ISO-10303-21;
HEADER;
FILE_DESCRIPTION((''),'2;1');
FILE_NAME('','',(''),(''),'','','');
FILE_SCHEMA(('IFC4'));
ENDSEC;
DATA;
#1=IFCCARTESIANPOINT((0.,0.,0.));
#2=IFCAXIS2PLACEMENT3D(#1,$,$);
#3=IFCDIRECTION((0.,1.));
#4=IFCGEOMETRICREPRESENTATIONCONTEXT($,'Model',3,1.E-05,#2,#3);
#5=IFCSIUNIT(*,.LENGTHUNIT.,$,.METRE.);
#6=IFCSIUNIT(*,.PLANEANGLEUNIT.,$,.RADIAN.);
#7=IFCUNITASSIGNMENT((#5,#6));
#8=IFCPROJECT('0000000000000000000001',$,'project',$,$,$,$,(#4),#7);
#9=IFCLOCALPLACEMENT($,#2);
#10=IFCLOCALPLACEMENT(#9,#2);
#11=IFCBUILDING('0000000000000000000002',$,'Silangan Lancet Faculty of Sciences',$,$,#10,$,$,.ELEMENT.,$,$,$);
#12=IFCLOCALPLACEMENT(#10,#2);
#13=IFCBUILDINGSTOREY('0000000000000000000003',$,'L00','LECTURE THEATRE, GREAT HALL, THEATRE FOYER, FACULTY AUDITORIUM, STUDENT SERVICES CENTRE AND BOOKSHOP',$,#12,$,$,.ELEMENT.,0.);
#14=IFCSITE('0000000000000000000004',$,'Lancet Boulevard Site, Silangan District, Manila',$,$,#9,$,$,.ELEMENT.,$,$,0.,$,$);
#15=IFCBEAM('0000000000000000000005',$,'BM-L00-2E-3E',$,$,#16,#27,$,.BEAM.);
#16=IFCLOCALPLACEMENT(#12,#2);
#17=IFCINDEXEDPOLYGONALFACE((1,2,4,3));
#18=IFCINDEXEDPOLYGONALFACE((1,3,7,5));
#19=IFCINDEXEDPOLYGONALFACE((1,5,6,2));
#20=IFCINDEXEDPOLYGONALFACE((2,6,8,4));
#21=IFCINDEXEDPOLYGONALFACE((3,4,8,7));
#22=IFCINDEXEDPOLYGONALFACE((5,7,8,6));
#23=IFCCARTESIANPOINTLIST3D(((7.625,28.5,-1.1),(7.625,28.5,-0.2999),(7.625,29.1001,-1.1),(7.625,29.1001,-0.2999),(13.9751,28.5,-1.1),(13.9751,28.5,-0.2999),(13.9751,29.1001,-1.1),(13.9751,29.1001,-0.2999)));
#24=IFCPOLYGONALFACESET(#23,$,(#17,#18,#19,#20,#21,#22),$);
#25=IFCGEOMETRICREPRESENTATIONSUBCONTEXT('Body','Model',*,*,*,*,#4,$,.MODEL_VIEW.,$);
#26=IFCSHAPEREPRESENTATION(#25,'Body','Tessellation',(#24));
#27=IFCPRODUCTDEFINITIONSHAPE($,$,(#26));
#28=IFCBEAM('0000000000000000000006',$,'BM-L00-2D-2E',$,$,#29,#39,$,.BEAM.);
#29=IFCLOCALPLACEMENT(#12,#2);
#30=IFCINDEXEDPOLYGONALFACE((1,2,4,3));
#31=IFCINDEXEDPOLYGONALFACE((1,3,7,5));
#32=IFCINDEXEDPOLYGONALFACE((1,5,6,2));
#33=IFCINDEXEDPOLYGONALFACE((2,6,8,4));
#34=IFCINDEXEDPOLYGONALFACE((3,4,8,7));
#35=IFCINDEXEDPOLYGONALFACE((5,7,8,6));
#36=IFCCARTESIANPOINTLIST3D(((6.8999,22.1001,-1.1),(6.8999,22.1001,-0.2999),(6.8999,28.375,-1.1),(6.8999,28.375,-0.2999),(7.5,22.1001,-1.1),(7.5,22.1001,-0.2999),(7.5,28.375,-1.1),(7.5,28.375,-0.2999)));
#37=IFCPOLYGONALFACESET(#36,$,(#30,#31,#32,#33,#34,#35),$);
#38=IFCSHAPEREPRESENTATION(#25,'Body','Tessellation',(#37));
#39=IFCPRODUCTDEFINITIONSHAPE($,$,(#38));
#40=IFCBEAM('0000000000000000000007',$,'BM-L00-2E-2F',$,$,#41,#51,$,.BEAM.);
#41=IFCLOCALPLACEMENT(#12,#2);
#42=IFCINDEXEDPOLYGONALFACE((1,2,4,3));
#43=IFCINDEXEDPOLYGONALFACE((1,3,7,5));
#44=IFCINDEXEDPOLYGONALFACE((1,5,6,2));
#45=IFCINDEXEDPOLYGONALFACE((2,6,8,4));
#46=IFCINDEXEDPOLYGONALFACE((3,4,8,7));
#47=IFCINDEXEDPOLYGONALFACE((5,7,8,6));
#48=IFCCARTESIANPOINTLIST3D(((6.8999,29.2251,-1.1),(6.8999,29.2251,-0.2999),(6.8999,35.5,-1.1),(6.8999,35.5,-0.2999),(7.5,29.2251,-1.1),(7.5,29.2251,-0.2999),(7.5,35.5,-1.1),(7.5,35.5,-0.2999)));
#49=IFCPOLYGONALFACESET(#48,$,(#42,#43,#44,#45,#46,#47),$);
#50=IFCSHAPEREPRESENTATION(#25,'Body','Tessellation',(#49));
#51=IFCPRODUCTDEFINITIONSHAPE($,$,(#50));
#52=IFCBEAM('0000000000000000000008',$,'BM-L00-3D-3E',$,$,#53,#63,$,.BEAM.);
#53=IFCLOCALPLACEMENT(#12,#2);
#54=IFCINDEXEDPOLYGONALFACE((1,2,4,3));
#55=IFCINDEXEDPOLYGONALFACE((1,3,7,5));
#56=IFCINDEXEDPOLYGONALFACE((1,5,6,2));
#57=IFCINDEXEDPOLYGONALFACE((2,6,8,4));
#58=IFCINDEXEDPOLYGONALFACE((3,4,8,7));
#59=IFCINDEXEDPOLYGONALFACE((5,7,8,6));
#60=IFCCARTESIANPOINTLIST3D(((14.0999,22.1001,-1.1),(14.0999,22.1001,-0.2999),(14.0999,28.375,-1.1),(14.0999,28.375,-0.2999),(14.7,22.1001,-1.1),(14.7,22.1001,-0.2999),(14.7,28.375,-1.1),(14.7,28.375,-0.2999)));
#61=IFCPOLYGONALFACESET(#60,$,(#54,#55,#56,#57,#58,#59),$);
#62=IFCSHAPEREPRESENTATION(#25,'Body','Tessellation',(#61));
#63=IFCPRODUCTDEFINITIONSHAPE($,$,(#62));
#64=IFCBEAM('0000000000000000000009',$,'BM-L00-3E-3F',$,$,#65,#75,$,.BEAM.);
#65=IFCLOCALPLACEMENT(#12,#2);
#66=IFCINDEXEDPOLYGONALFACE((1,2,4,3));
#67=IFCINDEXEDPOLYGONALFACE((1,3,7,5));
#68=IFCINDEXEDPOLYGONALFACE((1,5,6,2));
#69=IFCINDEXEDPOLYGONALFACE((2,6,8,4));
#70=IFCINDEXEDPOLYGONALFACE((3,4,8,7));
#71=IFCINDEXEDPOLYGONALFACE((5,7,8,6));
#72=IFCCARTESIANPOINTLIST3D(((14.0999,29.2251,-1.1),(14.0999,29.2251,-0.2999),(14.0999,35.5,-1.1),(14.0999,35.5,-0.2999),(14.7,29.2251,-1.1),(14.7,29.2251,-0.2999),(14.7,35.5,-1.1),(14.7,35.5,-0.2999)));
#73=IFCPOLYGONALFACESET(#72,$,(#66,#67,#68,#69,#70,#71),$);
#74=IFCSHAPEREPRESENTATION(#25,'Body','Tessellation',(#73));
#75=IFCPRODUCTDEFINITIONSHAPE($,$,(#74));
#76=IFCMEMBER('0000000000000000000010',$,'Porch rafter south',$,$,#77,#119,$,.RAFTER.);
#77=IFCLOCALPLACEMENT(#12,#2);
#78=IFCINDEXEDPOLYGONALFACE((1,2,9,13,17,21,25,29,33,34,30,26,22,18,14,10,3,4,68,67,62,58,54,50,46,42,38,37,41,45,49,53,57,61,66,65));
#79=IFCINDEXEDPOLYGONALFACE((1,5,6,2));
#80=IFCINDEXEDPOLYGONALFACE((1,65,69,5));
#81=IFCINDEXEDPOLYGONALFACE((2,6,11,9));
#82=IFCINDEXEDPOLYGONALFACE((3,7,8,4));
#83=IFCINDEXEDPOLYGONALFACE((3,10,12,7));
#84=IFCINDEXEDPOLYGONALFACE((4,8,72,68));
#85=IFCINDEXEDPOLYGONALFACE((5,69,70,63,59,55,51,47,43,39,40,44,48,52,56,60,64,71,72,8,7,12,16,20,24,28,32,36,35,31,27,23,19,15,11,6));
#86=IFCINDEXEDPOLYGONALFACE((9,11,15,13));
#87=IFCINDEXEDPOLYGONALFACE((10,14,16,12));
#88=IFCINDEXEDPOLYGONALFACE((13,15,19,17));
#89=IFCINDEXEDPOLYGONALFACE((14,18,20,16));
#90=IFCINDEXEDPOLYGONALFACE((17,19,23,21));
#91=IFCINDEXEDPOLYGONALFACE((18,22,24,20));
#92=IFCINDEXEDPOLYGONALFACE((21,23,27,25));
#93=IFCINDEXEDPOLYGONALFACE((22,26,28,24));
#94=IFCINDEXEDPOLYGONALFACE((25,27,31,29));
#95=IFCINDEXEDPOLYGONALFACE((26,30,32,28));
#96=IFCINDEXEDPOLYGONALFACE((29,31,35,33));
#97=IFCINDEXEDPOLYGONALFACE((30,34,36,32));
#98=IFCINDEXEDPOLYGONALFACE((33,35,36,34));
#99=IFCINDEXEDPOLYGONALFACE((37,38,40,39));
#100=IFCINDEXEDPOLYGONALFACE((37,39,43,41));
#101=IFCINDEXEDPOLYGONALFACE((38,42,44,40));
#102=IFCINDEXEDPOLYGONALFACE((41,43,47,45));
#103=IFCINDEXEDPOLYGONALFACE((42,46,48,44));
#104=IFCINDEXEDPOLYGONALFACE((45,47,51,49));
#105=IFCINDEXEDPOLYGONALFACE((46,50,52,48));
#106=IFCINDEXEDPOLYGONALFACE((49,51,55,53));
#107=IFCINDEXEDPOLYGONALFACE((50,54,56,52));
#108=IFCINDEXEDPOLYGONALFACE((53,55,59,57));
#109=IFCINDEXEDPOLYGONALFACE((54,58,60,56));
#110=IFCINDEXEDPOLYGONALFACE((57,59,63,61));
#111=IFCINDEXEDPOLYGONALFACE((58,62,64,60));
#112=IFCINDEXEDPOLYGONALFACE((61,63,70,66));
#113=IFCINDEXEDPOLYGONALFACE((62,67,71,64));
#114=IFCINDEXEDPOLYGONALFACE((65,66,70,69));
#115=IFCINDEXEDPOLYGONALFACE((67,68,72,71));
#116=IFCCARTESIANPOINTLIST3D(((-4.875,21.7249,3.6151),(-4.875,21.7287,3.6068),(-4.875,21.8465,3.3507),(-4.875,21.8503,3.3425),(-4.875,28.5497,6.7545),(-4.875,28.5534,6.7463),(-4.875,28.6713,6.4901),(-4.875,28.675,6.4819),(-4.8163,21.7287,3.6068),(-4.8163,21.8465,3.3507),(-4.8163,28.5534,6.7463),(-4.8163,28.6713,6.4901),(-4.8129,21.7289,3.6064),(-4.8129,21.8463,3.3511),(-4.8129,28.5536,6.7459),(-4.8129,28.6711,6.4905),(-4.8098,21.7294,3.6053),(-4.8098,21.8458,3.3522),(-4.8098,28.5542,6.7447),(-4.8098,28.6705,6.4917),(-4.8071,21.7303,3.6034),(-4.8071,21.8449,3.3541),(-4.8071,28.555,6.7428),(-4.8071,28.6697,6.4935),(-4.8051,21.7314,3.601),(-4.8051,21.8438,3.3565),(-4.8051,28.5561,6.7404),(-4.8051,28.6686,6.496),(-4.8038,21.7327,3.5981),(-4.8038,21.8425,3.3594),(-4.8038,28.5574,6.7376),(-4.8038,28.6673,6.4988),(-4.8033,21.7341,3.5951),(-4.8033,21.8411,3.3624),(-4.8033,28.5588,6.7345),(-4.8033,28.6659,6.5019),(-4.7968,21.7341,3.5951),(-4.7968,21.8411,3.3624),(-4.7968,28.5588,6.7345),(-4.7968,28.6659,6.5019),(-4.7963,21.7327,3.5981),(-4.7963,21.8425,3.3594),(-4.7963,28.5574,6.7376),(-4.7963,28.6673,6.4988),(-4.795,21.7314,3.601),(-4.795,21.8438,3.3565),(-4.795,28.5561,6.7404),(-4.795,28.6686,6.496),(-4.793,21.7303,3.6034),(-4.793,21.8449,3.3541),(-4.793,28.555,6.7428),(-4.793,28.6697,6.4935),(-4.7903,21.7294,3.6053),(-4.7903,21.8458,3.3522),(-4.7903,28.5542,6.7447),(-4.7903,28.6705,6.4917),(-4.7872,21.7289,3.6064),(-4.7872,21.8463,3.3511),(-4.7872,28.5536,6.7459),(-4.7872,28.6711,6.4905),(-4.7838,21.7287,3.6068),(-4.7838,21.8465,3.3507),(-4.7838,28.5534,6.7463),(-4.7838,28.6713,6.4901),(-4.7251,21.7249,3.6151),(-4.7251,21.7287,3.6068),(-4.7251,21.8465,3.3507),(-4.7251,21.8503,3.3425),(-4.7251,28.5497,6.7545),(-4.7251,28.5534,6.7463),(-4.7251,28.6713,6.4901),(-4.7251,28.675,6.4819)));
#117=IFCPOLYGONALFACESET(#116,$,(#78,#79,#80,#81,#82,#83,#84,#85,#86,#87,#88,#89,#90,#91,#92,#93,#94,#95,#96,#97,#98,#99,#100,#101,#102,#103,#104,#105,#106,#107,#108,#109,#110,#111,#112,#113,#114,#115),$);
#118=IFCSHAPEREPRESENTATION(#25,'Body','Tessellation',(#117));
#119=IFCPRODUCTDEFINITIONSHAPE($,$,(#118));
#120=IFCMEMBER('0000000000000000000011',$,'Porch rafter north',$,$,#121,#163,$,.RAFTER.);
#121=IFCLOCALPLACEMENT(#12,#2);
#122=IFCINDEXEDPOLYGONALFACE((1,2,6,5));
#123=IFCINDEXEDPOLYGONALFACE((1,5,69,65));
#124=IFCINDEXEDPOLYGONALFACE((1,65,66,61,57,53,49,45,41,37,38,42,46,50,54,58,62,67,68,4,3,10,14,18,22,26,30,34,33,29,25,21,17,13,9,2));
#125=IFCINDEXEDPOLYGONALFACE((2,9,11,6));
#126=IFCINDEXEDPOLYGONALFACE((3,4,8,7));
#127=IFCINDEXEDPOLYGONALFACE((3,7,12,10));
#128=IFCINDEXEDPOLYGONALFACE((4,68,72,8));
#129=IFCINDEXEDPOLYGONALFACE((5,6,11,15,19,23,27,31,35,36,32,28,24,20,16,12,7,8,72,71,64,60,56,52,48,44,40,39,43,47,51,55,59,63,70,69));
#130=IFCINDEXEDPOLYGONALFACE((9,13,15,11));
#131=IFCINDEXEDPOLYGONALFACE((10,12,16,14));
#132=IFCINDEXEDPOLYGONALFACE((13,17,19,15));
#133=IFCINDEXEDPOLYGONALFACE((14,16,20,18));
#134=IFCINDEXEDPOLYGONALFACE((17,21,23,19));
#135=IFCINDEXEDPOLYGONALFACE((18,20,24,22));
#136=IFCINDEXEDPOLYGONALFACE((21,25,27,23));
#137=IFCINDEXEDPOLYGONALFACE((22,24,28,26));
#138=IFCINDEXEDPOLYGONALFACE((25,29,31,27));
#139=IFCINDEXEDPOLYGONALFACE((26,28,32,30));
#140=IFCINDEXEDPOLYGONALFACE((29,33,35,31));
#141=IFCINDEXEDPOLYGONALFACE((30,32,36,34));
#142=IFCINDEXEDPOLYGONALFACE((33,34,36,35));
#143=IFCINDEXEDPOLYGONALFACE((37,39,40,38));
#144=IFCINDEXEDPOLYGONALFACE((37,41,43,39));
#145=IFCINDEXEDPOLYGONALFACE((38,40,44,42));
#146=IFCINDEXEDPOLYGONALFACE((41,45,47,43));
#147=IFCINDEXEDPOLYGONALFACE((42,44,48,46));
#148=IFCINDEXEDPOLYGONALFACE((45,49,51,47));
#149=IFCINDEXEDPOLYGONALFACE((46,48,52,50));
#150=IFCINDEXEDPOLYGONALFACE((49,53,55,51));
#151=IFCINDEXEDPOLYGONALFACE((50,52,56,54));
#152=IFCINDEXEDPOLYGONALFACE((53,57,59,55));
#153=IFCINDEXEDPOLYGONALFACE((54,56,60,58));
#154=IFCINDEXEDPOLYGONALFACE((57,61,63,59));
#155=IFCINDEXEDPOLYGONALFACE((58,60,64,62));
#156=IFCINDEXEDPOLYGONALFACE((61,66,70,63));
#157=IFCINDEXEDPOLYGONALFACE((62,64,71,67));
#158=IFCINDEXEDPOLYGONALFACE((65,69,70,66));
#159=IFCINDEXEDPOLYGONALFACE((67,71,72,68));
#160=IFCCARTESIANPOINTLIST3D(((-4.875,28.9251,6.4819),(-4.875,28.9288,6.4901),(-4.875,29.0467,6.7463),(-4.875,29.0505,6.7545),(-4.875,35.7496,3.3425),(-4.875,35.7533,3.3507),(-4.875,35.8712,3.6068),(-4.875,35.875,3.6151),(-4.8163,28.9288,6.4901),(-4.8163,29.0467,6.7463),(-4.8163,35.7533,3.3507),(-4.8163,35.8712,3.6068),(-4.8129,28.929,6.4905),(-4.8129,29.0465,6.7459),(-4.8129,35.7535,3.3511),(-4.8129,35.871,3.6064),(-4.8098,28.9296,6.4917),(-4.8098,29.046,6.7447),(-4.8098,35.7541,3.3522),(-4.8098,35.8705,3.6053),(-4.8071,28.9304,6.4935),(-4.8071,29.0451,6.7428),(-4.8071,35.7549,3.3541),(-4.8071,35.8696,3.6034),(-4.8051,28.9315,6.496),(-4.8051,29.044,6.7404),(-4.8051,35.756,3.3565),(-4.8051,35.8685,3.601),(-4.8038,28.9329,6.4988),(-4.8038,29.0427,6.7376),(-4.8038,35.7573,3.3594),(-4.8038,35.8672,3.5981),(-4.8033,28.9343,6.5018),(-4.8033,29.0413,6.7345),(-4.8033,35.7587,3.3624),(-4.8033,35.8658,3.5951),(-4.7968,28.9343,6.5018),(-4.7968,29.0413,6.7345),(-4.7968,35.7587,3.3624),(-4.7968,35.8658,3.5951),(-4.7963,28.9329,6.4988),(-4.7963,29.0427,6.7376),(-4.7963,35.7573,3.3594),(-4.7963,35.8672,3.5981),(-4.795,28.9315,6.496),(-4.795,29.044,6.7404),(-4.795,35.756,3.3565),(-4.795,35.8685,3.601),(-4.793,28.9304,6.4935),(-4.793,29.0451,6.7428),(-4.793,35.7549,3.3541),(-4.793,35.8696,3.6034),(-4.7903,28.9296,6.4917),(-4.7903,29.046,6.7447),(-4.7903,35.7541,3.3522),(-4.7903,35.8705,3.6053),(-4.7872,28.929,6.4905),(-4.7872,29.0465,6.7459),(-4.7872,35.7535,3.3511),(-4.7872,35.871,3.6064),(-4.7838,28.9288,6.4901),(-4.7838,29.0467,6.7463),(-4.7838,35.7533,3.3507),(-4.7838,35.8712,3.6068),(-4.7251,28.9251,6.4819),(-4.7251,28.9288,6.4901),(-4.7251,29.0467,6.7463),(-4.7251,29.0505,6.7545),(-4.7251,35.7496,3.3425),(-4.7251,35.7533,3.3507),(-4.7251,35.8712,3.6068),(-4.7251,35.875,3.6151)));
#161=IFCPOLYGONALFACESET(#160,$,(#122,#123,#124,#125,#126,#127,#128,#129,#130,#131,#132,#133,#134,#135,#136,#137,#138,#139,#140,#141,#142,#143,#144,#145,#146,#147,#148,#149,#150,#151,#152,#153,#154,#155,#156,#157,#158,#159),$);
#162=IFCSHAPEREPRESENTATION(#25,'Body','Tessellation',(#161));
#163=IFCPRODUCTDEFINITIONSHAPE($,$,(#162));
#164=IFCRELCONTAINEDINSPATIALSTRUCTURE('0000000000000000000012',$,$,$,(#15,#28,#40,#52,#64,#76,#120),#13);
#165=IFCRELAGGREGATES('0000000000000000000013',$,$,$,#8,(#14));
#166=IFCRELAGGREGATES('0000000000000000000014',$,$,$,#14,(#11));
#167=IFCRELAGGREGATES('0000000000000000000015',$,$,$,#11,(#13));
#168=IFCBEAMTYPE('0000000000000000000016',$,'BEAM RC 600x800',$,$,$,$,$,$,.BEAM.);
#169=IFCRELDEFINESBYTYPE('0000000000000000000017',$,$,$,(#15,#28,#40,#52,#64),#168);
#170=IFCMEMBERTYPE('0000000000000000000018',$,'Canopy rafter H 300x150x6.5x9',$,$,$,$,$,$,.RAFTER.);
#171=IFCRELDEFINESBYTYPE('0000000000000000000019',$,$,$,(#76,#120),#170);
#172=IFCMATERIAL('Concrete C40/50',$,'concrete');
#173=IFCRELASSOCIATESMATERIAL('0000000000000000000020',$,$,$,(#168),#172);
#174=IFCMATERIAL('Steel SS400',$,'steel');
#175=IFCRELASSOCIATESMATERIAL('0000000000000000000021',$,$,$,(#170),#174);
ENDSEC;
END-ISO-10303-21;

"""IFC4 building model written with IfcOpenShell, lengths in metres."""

from ifc_helpers import new_model, si_unit, direction, frame, origin, origin_2d, place, context, subcontext, project, spatial, rectangle, i_section, extrude, material, material_profile, profile_set, type_object, element, save


model = new_model("IFC4")

# Units and contexts
model_context = context("Model", 3, precision=1e-05, world=origin(), true_north=direction((0.0, 1.0)))
body_context = subcontext(model_context, "Body", "Model", "MODEL_VIEW")
ifc_project = project(units=[si_unit("LENGTHUNIT", "METRE"), si_unit("PLANEANGLEUNIT", "RADIAN")], contexts=[model_context])

# Site, building, storey
site_placement = place(None, origin())
site = spatial("IfcSite", under=ifc_project, at=site_placement, Name="Lancet Boulevard Site, Silangan District, Manila", CompositionType="ELEMENT", RefElevation=0.0)
building_placement = place(site_placement, origin())
building = spatial("IfcBuilding", under=site, at=building_placement, Name="Silangan Lancet Faculty of Sciences", CompositionType="ELEMENT")
storey_placement = place(building_placement, origin())
storey = spatial("IfcBuildingStorey", under=building, at=storey_placement, Name="L00", Description="LECTURE THEATRE, GREAT HALL, THEATRE FOYER, FACULTY AUDITORIUM, STUDENT SERVICES CENTRE AND BOOKSHOP", CompositionType="ELEMENT", Elevation=0.0)

# Beams
ifc_material_1 = material(Name="Concrete C40/50", Category="concrete")
ifc_material_profile_1 = material_profile(ifc_material_1, rectangle(XDim=0.6001, YDim=0.8, at=origin_2d()), Name="RC 600x800")
ifc_profile_set_1 = profile_set([ifc_material_profile_1], Name="Concrete C40/50")
beam_type_1 = type_object("IfcBeamType", Name="BEAM RC 600x800", PredefinedType="BEAM", material=ifc_profile_set_1)
beam_1_placement = place(storey_placement, frame((7.625, 28.8, -0.7), z_axis=(1.0, 0.0, 0.0), x_axis=(0.0, 1.0, 0.0)))
element("IfcBeam", 1, at=beam_1_placement, inside=storey, type_object=beam_type_1, Name="BM-L00-2E-3E", PredefinedType="BEAM", context=body_context, shape_type="SweptSolid", body=[
    extrude(rectangle(XDim=0.6001, YDim=0.8, at=origin_2d()), origin(), (0.0, 0.0, 1.0), 6.3501),
])
for number, where, z_axis, x_axis, name in (
    (2, (7.2, 22.1001, -0.7), (0.0, 1.0, 0.0), (-1.0, 0.0, 0.0), "BM-L00-2D-2E"),
    (3, (7.2, 29.2251, -0.7), (0.0, 1.0, 0.0), (-1.0, 0.0, 0.0), "BM-L00-2E-2F"),
    (4, (14.3999, 22.1001, -0.7), (0.0, 1.0, 0.0), (-1.0, 0.0, 0.0), "BM-L00-3D-3E"),
    (5, (14.3999, 29.2251, -0.7), (0.0, 1.0, 0.0), (-1.0, 0.0, 0.0), "BM-L00-3E-3F"),
):
    element("IfcBeam", number, at=place(storey_placement, frame(where, z_axis=z_axis, x_axis=x_axis)), inside=storey, type_object=beam_type_1, Name=name, PredefinedType="BEAM", context=body_context, shape_type="SweptSolid", body=[
        extrude(rectangle(XDim=0.6001, YDim=0.8, at=origin_2d()), origin(), (0.0, 0.0, 1.0), 6.2749),
    ])

# Members
ifc_material_2 = material(Name="Steel SS400", Category="steel")
ifc_material_profile_2 = material_profile(ifc_material_2, i_section(OverallWidth=0.1499, OverallDepth=0.3, WebThickness=0.0066, FlangeThickness=0.009, FilletRadius=0.0129, at=origin_2d()), Name="H 300x150x6.5x9")
ifc_profile_set_2 = profile_set([ifc_material_profile_2], Name="Steel SS400")
member_type = type_object("IfcMemberType", Name="Canopy rafter H 300x150x6.5x9", PredefinedType="RAFTER", material=ifc_profile_set_2)
member_1_placement = place(storey_placement, frame((-4.8, 21.7876, 3.4788), z_axis=(0.0, 0.908488, 0.41791), x_axis=(-1.0, 0.0, 0.0)))
element("IfcMember", 6, at=member_1_placement, inside=storey, type_object=member_type, Name="Porch rafter south", PredefinedType="RAFTER", context=body_context, shape_type="SweptSolid", body=[
    extrude(i_section(OverallWidth=0.1499, OverallDepth=0.3, WebThickness=0.0066, FlangeThickness=0.009, FilletRadius=0.0129, at=origin_2d()), origin(), (0.0, 0.0, 1.0), 7.5122),
])
member_2_placement = place(storey_placement, frame((-4.8, 35.8123, 3.4788), z_axis=(0.0, -0.908483, 0.417922), x_axis=(1.0, 0.0, 0.0)))
element("IfcMember", 7, at=member_2_placement, inside=storey, type_object=member_type, Name="Porch rafter north", PredefinedType="RAFTER", context=body_context, shape_type="SweptSolid", body=[
    extrude(i_section(OverallWidth=0.1499, OverallDepth=0.3, WebThickness=0.0066, FlangeThickness=0.009, FilletRadius=0.0129, at=origin_2d()), origin(), (0.0, 0.0, 1.0), 7.512),
])

save(model, "model.ifc")
